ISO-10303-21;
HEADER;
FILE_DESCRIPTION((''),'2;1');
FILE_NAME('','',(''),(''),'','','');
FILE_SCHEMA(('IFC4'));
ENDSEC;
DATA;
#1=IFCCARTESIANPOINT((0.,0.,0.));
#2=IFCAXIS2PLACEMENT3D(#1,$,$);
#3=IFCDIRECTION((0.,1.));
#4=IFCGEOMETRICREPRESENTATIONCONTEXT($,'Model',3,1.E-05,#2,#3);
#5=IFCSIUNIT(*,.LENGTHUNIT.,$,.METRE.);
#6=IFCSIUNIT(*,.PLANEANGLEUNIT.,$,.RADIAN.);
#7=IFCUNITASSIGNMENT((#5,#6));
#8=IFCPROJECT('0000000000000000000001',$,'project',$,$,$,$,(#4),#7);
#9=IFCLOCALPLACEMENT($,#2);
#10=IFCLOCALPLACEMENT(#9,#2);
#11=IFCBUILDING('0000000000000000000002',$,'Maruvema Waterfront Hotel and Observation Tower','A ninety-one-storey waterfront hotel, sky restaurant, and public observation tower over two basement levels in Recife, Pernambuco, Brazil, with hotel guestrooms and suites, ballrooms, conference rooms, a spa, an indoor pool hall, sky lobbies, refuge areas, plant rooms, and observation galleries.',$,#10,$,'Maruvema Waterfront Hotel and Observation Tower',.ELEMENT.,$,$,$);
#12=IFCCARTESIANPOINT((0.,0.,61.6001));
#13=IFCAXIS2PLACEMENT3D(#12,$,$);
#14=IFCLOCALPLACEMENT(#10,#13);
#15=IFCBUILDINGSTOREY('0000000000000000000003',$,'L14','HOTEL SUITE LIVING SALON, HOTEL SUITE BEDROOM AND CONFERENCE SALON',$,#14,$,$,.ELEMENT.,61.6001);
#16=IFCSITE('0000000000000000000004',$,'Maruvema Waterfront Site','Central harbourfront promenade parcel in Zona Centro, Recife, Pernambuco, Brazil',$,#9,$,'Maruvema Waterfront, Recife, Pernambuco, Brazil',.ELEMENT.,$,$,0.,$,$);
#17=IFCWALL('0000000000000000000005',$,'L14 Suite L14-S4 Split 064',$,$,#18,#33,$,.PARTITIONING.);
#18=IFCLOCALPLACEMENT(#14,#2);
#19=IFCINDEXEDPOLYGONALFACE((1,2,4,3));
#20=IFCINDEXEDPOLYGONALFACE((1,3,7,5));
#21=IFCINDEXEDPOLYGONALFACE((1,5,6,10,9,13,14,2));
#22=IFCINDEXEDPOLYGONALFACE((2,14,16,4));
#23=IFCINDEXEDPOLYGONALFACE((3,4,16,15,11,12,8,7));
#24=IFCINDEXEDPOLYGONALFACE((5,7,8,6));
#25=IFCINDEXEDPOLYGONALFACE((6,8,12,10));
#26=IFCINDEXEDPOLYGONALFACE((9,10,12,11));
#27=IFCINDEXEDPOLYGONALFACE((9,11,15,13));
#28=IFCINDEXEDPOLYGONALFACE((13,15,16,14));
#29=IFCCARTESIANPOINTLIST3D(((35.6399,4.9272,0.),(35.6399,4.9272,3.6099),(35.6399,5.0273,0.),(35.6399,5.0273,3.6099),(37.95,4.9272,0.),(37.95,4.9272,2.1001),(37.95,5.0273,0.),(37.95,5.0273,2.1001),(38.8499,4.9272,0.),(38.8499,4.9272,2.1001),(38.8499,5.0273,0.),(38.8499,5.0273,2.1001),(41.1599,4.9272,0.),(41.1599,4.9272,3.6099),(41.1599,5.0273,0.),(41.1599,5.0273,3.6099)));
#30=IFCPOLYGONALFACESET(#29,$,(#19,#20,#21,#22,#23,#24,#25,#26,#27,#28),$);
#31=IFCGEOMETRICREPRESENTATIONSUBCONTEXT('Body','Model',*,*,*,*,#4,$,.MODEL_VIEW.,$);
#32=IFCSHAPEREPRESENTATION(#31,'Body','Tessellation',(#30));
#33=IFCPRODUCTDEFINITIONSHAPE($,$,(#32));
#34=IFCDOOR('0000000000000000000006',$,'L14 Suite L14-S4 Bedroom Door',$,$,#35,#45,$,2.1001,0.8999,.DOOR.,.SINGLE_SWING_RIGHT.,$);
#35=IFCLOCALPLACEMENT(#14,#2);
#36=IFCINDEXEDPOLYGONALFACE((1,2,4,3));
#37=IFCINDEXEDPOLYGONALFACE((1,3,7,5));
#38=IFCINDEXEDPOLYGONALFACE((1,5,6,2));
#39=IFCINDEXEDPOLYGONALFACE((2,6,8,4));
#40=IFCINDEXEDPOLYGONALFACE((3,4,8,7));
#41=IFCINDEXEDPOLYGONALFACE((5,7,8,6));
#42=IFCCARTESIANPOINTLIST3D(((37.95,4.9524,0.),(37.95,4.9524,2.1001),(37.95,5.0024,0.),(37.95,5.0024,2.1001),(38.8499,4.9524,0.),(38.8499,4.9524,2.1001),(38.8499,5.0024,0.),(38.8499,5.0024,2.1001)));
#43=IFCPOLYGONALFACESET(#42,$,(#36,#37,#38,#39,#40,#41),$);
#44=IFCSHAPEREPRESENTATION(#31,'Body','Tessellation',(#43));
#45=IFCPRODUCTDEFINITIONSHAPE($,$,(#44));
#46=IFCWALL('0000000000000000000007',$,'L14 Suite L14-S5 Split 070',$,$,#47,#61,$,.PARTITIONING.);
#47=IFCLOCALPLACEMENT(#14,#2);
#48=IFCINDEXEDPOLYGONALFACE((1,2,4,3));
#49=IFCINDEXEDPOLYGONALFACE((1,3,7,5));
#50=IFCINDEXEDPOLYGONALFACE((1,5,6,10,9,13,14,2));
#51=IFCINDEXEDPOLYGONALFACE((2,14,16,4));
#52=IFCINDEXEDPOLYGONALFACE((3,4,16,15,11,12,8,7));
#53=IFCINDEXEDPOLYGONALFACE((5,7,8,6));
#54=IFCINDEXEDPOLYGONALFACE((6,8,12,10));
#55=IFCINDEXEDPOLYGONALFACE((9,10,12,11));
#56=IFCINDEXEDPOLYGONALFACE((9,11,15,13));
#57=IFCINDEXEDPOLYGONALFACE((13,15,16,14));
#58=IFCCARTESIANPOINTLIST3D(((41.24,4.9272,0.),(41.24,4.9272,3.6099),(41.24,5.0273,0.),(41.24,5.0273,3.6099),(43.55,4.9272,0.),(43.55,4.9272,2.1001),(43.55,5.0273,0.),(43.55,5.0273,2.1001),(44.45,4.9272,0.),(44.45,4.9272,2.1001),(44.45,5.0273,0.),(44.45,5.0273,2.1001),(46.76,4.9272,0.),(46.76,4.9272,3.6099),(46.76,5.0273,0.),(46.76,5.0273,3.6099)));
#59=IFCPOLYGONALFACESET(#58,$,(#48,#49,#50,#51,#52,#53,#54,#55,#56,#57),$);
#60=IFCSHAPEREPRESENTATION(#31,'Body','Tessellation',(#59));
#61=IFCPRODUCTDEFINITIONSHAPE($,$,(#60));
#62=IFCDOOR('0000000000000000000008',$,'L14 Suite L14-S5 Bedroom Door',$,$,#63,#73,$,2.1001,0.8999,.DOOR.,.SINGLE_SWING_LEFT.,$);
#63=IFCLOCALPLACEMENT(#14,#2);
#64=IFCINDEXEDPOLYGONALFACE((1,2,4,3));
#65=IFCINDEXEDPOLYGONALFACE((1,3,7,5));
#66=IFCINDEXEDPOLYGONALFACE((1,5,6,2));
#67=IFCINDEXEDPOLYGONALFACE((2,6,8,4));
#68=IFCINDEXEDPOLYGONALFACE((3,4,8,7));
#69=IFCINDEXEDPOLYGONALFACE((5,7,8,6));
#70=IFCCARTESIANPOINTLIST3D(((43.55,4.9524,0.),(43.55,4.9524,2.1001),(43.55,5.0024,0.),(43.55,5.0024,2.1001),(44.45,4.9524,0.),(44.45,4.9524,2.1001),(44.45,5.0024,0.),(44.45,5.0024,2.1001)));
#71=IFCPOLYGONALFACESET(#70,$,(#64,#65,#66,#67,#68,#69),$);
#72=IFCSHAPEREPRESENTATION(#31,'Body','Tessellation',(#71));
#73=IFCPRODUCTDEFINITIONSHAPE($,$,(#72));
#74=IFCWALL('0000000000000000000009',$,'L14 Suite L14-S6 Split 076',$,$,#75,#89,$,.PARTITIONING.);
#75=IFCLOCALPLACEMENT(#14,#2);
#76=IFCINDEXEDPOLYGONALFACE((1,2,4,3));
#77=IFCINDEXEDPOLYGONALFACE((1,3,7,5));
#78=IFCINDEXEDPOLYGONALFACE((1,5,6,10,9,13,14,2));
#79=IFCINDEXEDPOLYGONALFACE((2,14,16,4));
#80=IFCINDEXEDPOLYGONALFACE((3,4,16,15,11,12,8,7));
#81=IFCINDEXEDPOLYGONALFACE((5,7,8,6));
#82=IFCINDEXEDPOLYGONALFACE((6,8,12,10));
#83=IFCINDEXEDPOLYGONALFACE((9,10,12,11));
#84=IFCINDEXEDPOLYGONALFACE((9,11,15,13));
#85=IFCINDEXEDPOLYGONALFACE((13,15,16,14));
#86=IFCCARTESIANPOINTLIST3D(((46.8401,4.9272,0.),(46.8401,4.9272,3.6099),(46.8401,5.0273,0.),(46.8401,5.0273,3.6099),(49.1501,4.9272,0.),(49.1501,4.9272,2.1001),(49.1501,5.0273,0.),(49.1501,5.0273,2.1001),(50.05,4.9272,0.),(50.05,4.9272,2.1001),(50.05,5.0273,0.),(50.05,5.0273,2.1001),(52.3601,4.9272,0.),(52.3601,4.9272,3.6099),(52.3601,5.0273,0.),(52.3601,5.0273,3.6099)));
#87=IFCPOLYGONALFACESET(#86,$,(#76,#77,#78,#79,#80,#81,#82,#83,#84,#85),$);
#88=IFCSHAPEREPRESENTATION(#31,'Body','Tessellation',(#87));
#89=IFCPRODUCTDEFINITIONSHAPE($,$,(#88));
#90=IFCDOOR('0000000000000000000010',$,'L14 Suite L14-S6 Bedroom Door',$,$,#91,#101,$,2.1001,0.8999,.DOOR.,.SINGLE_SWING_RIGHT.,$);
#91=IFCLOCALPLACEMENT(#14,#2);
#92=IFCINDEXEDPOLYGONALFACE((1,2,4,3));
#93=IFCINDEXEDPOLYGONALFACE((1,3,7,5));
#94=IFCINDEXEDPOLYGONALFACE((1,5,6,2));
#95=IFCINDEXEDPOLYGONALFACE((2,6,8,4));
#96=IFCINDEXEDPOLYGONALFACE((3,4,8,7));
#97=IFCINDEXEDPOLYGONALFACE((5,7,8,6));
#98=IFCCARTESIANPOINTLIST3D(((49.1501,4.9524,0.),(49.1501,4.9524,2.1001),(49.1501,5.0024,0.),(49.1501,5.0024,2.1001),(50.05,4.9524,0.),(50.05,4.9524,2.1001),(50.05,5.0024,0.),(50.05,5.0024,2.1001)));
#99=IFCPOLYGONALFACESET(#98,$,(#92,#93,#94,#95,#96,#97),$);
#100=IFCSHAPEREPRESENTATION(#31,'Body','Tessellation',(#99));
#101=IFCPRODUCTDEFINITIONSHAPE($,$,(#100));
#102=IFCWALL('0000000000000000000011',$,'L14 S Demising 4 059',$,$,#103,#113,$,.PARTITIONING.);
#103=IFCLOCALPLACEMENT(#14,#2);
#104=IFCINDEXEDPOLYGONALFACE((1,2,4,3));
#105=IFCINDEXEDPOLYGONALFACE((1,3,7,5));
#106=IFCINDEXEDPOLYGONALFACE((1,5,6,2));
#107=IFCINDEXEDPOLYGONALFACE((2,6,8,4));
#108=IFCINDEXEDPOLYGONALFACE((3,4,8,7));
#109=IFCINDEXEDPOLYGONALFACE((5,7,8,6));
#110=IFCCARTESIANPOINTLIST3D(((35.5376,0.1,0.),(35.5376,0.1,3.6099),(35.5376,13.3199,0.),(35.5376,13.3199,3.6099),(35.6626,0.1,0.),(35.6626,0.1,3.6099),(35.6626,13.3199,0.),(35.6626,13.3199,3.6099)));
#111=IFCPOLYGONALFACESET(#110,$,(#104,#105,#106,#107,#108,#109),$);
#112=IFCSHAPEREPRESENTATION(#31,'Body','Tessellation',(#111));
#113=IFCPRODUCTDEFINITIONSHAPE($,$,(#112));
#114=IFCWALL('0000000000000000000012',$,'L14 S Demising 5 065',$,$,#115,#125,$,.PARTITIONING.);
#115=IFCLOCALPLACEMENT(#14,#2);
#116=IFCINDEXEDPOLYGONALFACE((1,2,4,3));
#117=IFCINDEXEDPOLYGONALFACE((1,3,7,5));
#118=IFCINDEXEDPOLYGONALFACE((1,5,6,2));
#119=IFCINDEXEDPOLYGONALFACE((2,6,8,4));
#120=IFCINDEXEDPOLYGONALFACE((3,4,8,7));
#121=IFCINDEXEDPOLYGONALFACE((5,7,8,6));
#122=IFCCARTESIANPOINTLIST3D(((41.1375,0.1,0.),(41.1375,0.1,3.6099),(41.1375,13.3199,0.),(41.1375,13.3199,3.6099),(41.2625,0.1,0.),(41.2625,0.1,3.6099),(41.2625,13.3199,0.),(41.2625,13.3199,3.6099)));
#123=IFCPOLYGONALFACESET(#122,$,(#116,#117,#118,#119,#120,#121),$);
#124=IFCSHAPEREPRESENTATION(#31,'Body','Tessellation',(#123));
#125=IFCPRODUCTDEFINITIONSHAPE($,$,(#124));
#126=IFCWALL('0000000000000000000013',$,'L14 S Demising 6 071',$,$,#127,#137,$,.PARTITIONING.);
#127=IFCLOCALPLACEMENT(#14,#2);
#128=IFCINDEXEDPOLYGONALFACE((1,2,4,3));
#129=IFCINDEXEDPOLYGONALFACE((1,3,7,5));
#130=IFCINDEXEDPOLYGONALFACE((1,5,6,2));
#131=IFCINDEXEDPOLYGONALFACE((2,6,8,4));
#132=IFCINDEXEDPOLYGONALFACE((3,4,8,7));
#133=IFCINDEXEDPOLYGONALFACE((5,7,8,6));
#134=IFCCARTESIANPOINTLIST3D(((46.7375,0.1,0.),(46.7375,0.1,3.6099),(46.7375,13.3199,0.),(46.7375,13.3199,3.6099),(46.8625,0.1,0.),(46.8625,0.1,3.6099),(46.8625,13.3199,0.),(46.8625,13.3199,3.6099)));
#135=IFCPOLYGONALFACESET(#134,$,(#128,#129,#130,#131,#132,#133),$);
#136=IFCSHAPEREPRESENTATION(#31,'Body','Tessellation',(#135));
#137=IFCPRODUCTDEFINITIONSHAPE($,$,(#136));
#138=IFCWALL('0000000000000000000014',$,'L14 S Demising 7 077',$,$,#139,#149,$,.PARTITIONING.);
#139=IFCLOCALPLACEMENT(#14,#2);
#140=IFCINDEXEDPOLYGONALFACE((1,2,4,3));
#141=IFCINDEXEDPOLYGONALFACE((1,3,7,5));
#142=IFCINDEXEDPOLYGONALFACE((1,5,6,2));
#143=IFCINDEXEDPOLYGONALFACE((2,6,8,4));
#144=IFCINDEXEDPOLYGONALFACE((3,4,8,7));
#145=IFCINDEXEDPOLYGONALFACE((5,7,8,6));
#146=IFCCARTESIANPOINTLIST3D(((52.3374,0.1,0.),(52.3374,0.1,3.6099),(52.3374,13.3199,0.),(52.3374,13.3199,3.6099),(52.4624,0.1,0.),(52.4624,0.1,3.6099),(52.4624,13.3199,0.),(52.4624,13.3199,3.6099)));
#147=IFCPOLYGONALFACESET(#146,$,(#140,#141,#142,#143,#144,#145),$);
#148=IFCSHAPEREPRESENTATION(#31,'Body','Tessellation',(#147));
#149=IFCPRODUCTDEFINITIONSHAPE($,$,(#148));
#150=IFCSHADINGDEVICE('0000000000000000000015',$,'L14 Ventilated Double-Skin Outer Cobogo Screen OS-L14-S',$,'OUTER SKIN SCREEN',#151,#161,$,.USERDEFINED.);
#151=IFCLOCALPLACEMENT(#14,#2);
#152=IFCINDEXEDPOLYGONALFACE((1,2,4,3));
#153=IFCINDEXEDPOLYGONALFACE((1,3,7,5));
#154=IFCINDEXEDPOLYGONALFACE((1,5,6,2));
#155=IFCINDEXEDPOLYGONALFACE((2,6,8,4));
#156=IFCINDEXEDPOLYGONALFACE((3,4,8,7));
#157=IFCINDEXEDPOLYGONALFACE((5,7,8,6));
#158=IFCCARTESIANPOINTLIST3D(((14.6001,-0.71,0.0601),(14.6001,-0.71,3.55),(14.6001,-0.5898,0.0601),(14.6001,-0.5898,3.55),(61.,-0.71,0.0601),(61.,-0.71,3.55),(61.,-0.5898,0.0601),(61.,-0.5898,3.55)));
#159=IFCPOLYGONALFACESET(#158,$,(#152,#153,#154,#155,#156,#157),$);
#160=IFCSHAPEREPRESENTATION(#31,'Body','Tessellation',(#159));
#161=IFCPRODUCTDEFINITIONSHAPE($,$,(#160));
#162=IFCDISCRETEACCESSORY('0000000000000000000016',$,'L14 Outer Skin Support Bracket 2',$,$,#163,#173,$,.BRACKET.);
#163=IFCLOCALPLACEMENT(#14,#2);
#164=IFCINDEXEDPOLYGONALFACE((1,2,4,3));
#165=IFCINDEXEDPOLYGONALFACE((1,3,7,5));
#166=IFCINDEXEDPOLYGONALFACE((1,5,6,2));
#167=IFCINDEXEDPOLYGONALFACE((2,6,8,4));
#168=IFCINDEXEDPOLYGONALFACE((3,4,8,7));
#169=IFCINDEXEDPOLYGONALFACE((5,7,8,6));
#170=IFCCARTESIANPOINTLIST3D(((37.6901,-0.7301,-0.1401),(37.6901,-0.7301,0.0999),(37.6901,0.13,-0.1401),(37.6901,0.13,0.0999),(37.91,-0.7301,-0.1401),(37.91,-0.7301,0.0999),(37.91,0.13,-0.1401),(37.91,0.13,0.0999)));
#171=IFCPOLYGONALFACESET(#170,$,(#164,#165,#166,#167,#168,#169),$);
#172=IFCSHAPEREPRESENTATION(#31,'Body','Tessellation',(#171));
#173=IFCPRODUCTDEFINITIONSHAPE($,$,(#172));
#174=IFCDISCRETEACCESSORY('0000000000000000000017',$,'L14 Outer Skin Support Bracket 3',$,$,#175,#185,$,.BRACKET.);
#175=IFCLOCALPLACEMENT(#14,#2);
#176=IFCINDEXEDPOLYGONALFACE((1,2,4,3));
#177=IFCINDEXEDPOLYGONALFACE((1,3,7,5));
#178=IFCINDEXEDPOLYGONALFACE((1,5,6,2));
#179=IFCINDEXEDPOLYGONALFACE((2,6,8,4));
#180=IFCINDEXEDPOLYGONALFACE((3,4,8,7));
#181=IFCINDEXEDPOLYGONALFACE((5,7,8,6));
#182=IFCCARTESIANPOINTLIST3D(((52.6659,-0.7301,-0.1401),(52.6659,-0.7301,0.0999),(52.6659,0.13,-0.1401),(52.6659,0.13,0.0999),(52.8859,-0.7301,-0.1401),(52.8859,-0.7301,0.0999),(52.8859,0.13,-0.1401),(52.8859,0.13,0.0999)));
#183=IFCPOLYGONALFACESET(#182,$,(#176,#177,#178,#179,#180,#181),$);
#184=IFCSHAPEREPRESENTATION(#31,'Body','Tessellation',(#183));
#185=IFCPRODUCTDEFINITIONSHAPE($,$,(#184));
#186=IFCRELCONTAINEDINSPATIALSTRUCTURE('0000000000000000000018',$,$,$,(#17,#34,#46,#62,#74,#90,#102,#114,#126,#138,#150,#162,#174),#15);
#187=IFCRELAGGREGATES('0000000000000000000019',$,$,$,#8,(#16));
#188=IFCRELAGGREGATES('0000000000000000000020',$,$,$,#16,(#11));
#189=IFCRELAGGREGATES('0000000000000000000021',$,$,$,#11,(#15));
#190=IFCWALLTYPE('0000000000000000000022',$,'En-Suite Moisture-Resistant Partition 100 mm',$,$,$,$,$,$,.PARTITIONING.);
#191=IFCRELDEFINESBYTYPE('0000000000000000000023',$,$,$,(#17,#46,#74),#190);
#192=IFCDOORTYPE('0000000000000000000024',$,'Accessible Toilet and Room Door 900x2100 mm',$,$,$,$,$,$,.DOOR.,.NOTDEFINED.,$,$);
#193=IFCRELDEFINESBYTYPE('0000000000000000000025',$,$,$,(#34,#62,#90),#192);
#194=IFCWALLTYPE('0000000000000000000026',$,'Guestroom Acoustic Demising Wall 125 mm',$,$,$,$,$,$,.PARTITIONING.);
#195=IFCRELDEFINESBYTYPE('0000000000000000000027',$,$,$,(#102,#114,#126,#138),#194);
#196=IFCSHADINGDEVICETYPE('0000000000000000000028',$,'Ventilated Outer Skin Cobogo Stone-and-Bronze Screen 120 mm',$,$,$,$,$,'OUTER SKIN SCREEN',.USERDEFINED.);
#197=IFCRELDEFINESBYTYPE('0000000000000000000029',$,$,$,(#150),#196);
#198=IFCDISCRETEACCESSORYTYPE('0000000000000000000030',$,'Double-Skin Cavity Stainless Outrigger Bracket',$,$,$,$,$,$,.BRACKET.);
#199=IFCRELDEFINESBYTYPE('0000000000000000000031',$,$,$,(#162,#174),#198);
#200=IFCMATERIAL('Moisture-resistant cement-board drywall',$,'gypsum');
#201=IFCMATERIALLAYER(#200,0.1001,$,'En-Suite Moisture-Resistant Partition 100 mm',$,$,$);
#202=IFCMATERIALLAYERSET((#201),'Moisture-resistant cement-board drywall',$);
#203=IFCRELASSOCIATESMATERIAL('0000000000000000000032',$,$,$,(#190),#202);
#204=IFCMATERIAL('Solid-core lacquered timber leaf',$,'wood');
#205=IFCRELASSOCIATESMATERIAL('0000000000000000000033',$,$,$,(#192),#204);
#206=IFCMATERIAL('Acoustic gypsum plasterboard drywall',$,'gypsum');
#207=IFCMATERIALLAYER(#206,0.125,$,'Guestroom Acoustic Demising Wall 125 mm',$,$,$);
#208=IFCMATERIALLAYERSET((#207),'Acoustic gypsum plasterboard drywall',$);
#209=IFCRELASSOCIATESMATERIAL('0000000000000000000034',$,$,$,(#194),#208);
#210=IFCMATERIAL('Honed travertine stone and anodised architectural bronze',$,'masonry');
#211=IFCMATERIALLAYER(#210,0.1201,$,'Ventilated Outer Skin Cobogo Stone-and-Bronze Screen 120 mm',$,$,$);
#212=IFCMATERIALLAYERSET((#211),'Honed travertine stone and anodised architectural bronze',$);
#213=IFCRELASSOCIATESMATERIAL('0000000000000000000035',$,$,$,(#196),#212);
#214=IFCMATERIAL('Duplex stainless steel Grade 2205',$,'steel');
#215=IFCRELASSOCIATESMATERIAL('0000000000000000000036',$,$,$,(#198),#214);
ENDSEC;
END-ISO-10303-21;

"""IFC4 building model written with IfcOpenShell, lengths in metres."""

from ifc_helpers import new_model, si_unit, direction, frame, frame_2d, origin, origin_2d, place, context, subcontext, project, spatial, rectangle, extrude, material, layer, layer_set, type_object, element, fill, save


model = new_model("IFC4")

# Units and contexts
model_context = context("Model", 3, precision=1e-05, world=origin(), true_north=direction((0.0, 1.0)))
body_context = subcontext(model_context, "Body", "Model", "MODEL_VIEW")
ifc_project = project(units=[si_unit("LENGTHUNIT", "METRE"), si_unit("PLANEANGLEUNIT", "RADIAN")], contexts=[model_context])

# Site, building, storey
site_placement = place(None, origin())
site = spatial("IfcSite", under=ifc_project, at=site_placement, Name="Maruvema Waterfront Site", Description="Central harbourfront promenade parcel in Zona Centro, Recife, Pernambuco, Brazil", LongName="Maruvema Waterfront, Recife, Pernambuco, Brazil", CompositionType="ELEMENT", RefElevation=0.0)
building_placement = place(site_placement, origin())
building = spatial("IfcBuilding", under=site, at=building_placement, Name="Maruvema Waterfront Hotel and Observation Tower", Description="A ninety-one-storey waterfront hotel, sky restaurant, and public observation tower over two basement levels in Recife, Pernambuco, Brazil, with hotel guestrooms and suites, ballrooms, conference rooms, a spa, an indoor pool hall, sky lobbies, refuge areas, plant rooms, and observation galleries.", LongName="Maruvema Waterfront Hotel and Observation Tower", CompositionType="ELEMENT")
storey_placement = place(building_placement, frame((0.0, 0.0, 61.6001)))
storey = spatial("IfcBuildingStorey", under=building, at=storey_placement, Name="L14", Description="HOTEL SUITE LIVING SALON, HOTEL SUITE BEDROOM AND CONFERENCE SALON", CompositionType="ELEMENT", Elevation=61.6001)

# Walls, openings, doors
ifc_material_1 = material(Name="Moisture-resistant cement-board drywall", Category="gypsum")
ifc_layer_1 = layer(ifc_material_1, 0.1001, Name="En-Suite Moisture-Resistant Partition 100 mm")
ifc_layer_set_1 = layer_set([ifc_layer_1], Name="Moisture-resistant cement-board drywall")
wall_type_1 = type_object("IfcWallType", Name="En-Suite Moisture-Resistant Partition 100 mm", PredefinedType="PARTITIONING", material=ifc_layer_set_1)
wall_1_placement = place(storey_placement, frame((35.6399, 4.9773, 0.0), z_axis=(0.0, 0.0, 1.0), x_axis=(1.0, 0.0, 0.0)))
wall_1 = element("IfcWall", 1, at=wall_1_placement, inside=storey, type_object=wall_type_1, Name="L14 Suite L14-S4 Split 064", PredefinedType="PARTITIONING", context=body_context, shape_type="SweptSolid", body=[
    extrude(rectangle(XDim=5.52, YDim=0.1001, at=frame_2d((2.76, 0.0))), origin(), (0.0, 0.0, 1.0), 3.6099),
])
opening_1_placement = place(wall_1_placement, frame((2.3101, 0.0, 0.0)))
opening_1 = element("IfcOpeningElement", 2, at=opening_1_placement, cuts=wall_1, PredefinedType="OPENING", context=body_context, shape_type="SweptSolid", body=[
    extrude(rectangle(XDim=0.8999, YDim=2.1001, at=frame_2d((0.45, 1.05))), frame((0.0, 0.0601, 0.0), z_axis=(0.0, -1.0, 0.0), x_axis=(1.0, 0.0, 0.0)), (0.0, 0.0, 1.0), 0.1201),
])
ifc_material_2 = material(Name="Solid-core lacquered timber leaf", Category="wood")
door_type = type_object("IfcDoorType", Name="Accessible Toilet and Room Door 900x2100 mm", OperationType="NOTDEFINED", PredefinedType="DOOR", material=ifc_material_2)
door_1_placement = place(opening_1_placement, frame((0.8999, 0.0, 0.0), z_axis=(0.0, 0.0, 1.0), x_axis=(-1.0, 0.0, 0.0)))
door_1 = element("IfcDoor", 3, at=door_1_placement, inside=storey, type_object=door_type, Name="L14 Suite L14-S4 Bedroom Door", OperationType="SINGLE_SWING_RIGHT", OverallHeight=2.1001, OverallWidth=0.8999, PredefinedType="DOOR", context=body_context, shape_type="SweptSolid", body=[
    extrude(rectangle(XDim=0.8999, YDim=2.1001, at=frame_2d((0.45, 1.05))), frame((0.0, 0.0249, 0.0), z_axis=(0.0, -1.0, 0.0), x_axis=(1.0, 0.0, 0.0)), (0.0, 0.0, 1.0), 0.05),
])
fill(opening_1, door_1)
wall_2_placement = place(storey_placement, frame((41.24, 4.9773, 0.0), z_axis=(0.0, 0.0, 1.0), x_axis=(1.0, 0.0, 0.0)))
wall_2 = element("IfcWall", 4, at=wall_2_placement, inside=storey, type_object=wall_type_1, Name="L14 Suite L14-S5 Split 070", PredefinedType="PARTITIONING", context=body_context, shape_type="SweptSolid", body=[
    extrude(rectangle(XDim=5.52, YDim=0.1001, at=frame_2d((2.76, 0.0))), origin(), (0.0, 0.0, 1.0), 3.6099),
])
opening_2_placement = place(wall_2_placement, frame((2.3101, 0.0, 0.0)))
opening_2 = element("IfcOpeningElement", 5, at=opening_2_placement, cuts=wall_2, PredefinedType="OPENING", context=body_context, shape_type="SweptSolid", body=[
    extrude(rectangle(XDim=0.8999, YDim=2.1001, at=frame_2d((0.45, 1.05))), frame((0.0, 0.0601, 0.0), z_axis=(0.0, -1.0, 0.0), x_axis=(1.0, 0.0, 0.0)), (0.0, 0.0, 1.0), 0.1201),
])
door_2_placement = place(opening_2_placement, frame((0.8999, 0.0, 0.0), z_axis=(0.0, 0.0, 1.0), x_axis=(-1.0, 0.0, 0.0)))
door_2 = element("IfcDoor", 6, at=door_2_placement, inside=storey, type_object=door_type, Name="L14 Suite L14-S5 Bedroom Door", OperationType="SINGLE_SWING_LEFT", OverallHeight=2.1001, OverallWidth=0.8999, PredefinedType="DOOR", context=body_context, shape_type="SweptSolid", body=[
    extrude(rectangle(XDim=0.8999, YDim=2.1001, at=frame_2d((0.45, 1.05))), frame((0.0, 0.0249, 0.0), z_axis=(0.0, -1.0, 0.0), x_axis=(1.0, 0.0, 0.0)), (0.0, 0.0, 1.0), 0.05),
])
fill(opening_2, door_2)
wall_3_placement = place(storey_placement, frame((46.8401, 4.9773, 0.0), z_axis=(0.0, 0.0, 1.0), x_axis=(1.0, 0.0, 0.0)))
wall_3 = element("IfcWall", 7, at=wall_3_placement, inside=storey, type_object=wall_type_1, Name="L14 Suite L14-S6 Split 076", PredefinedType="PARTITIONING", context=body_context, shape_type="SweptSolid", body=[
    extrude(rectangle(XDim=5.52, YDim=0.1001, at=frame_2d((2.76, 0.0))), origin(), (0.0, 0.0, 1.0), 3.6099),
])
opening_3_placement = place(wall_3_placement, frame((2.3101, 0.0, 0.0)))
opening_3 = element("IfcOpeningElement", 8, at=opening_3_placement, cuts=wall_3, PredefinedType="OPENING", context=body_context, shape_type="SweptSolid", body=[
    extrude(rectangle(XDim=0.8999, YDim=2.1001, at=frame_2d((0.45, 1.05))), frame((0.0, 0.0601, 0.0), z_axis=(0.0, -1.0, 0.0), x_axis=(1.0, 0.0, 0.0)), (0.0, 0.0, 1.0), 0.1201),
])
door_3_placement = place(opening_3_placement, frame((0.8999, 0.0, 0.0), z_axis=(0.0, 0.0, 1.0), x_axis=(-1.0, 0.0, 0.0)))
door_3 = element("IfcDoor", 9, at=door_3_placement, inside=storey, type_object=door_type, Name="L14 Suite L14-S6 Bedroom Door", OperationType="SINGLE_SWING_RIGHT", OverallHeight=2.1001, OverallWidth=0.8999, PredefinedType="DOOR", context=body_context, shape_type="SweptSolid", body=[
    extrude(rectangle(XDim=0.8999, YDim=2.1001, at=frame_2d((0.45, 1.05))), frame((0.0, 0.0249, 0.0), z_axis=(0.0, -1.0, 0.0), x_axis=(1.0, 0.0, 0.0)), (0.0, 0.0, 1.0), 0.05),
])
fill(opening_3, door_3)

# Walls
ifc_material_3 = material(Name="Acoustic gypsum plasterboard drywall", Category="gypsum")
ifc_layer_2 = layer(ifc_material_3, 0.125, Name="Guestroom Acoustic Demising Wall 125 mm")
ifc_layer_set_2 = layer_set([ifc_layer_2], Name="Acoustic gypsum plasterboard drywall")
wall_type_2 = type_object("IfcWallType", Name="Guestroom Acoustic Demising Wall 125 mm", PredefinedType="PARTITIONING", material=ifc_layer_set_2)
for number, where, z_axis, x_axis, name in (
    (10, (35.6001, 0.1001, 0.0), (0.0, 0.0, 1.0), (0.0, 1.0, 0.0), "L14 S Demising 4 059"),
    (11, (41.2, 0.1001, 0.0), (0.0, 0.0, 1.0), (0.0, 1.0, 0.0), "L14 S Demising 5 065"),
    (12, (46.8, 0.1001, 0.0), (0.0, 0.0, 1.0), (0.0, 1.0, 0.0), "L14 S Demising 6 071"),
    (13, (52.3999, 0.1001, 0.0), (0.0, 0.0, 1.0), (0.0, 1.0, 0.0), "L14 S Demising 7 077"),
):
    element("IfcWall", number, at=place(storey_placement, frame(where, z_axis=z_axis, x_axis=x_axis)), inside=storey, type_object=wall_type_2, Name=name, PredefinedType="PARTITIONING", context=body_context, shape_type="SweptSolid", body=[
        extrude(rectangle(XDim=13.22, YDim=0.125, at=frame_2d((6.6099, 0.0))), origin(), (0.0, 0.0, 1.0), 3.6099),
    ])

# Shading device
ifc_material_4 = material(Name="Honed travertine stone and anodised architectural bronze", Category="masonry")
ifc_layer_3 = layer(ifc_material_4, 0.1201, Name="Ventilated Outer Skin Cobogo Stone-and-Bronze Screen 120 mm")
ifc_layer_set_3 = layer_set([ifc_layer_3], Name="Honed travertine stone and anodised architectural bronze")
shading_device_type = type_object("IfcShadingDeviceType", Name="Ventilated Outer Skin Cobogo Stone-and-Bronze Screen 120 mm", ElementType="OUTER SKIN SCREEN", PredefinedType="USERDEFINED", material=ifc_layer_set_3)
shading_device_placement = place(storey_placement, frame((37.8, -0.6499, 0.0601), z_axis=(0.0, 0.0, 1.0), x_axis=(1.0, 0.0, 0.0)))
element("IfcShadingDevice", 14, at=shading_device_placement, inside=storey, type_object=shading_device_type, Name="L14 Ventilated Double-Skin Outer Cobogo Screen OS-L14-S", ObjectType="OUTER SKIN SCREEN", PredefinedType="USERDEFINED", context=body_context, shape_type="SweptSolid", body=[
    extrude(rectangle(XDim=46.3999, YDim=0.1201, at=origin_2d()), origin(), (0.0, 0.0, 1.0), 3.49),
])

# Discrete accessories
ifc_material_5 = material(Name="Duplex stainless steel Grade 2205", Category="steel")
discrete_accessory_type = type_object("IfcDiscreteAccessoryType", Name="Double-Skin Cavity Stainless Outrigger Bracket", PredefinedType="BRACKET", material=ifc_material_5)
for number, where, z_axis, x_axis, name in (
    (15, (37.8, -0.3, -0.1401), (0.0, 0.0, 1.0), (1.0, 0.0, 0.0), "L14 Outer Skin Support Bracket 2"),
    (16, (52.7759, -0.3, -0.1401), (0.0, 0.0, 1.0), (1.0, 0.0, 0.0), "L14 Outer Skin Support Bracket 3"),
):
    element("IfcDiscreteAccessory", number, at=place(storey_placement, frame(where, z_axis=z_axis, x_axis=x_axis)), inside=storey, type_object=discrete_accessory_type, Name=name, PredefinedType="BRACKET", context=body_context, shape_type="SweptSolid", body=[
        extrude(rectangle(XDim=0.22, YDim=0.8601, at=origin_2d()), origin(), (0.0, 0.0, 1.0), 0.24),
    ])

save(model, "model.ifc")
